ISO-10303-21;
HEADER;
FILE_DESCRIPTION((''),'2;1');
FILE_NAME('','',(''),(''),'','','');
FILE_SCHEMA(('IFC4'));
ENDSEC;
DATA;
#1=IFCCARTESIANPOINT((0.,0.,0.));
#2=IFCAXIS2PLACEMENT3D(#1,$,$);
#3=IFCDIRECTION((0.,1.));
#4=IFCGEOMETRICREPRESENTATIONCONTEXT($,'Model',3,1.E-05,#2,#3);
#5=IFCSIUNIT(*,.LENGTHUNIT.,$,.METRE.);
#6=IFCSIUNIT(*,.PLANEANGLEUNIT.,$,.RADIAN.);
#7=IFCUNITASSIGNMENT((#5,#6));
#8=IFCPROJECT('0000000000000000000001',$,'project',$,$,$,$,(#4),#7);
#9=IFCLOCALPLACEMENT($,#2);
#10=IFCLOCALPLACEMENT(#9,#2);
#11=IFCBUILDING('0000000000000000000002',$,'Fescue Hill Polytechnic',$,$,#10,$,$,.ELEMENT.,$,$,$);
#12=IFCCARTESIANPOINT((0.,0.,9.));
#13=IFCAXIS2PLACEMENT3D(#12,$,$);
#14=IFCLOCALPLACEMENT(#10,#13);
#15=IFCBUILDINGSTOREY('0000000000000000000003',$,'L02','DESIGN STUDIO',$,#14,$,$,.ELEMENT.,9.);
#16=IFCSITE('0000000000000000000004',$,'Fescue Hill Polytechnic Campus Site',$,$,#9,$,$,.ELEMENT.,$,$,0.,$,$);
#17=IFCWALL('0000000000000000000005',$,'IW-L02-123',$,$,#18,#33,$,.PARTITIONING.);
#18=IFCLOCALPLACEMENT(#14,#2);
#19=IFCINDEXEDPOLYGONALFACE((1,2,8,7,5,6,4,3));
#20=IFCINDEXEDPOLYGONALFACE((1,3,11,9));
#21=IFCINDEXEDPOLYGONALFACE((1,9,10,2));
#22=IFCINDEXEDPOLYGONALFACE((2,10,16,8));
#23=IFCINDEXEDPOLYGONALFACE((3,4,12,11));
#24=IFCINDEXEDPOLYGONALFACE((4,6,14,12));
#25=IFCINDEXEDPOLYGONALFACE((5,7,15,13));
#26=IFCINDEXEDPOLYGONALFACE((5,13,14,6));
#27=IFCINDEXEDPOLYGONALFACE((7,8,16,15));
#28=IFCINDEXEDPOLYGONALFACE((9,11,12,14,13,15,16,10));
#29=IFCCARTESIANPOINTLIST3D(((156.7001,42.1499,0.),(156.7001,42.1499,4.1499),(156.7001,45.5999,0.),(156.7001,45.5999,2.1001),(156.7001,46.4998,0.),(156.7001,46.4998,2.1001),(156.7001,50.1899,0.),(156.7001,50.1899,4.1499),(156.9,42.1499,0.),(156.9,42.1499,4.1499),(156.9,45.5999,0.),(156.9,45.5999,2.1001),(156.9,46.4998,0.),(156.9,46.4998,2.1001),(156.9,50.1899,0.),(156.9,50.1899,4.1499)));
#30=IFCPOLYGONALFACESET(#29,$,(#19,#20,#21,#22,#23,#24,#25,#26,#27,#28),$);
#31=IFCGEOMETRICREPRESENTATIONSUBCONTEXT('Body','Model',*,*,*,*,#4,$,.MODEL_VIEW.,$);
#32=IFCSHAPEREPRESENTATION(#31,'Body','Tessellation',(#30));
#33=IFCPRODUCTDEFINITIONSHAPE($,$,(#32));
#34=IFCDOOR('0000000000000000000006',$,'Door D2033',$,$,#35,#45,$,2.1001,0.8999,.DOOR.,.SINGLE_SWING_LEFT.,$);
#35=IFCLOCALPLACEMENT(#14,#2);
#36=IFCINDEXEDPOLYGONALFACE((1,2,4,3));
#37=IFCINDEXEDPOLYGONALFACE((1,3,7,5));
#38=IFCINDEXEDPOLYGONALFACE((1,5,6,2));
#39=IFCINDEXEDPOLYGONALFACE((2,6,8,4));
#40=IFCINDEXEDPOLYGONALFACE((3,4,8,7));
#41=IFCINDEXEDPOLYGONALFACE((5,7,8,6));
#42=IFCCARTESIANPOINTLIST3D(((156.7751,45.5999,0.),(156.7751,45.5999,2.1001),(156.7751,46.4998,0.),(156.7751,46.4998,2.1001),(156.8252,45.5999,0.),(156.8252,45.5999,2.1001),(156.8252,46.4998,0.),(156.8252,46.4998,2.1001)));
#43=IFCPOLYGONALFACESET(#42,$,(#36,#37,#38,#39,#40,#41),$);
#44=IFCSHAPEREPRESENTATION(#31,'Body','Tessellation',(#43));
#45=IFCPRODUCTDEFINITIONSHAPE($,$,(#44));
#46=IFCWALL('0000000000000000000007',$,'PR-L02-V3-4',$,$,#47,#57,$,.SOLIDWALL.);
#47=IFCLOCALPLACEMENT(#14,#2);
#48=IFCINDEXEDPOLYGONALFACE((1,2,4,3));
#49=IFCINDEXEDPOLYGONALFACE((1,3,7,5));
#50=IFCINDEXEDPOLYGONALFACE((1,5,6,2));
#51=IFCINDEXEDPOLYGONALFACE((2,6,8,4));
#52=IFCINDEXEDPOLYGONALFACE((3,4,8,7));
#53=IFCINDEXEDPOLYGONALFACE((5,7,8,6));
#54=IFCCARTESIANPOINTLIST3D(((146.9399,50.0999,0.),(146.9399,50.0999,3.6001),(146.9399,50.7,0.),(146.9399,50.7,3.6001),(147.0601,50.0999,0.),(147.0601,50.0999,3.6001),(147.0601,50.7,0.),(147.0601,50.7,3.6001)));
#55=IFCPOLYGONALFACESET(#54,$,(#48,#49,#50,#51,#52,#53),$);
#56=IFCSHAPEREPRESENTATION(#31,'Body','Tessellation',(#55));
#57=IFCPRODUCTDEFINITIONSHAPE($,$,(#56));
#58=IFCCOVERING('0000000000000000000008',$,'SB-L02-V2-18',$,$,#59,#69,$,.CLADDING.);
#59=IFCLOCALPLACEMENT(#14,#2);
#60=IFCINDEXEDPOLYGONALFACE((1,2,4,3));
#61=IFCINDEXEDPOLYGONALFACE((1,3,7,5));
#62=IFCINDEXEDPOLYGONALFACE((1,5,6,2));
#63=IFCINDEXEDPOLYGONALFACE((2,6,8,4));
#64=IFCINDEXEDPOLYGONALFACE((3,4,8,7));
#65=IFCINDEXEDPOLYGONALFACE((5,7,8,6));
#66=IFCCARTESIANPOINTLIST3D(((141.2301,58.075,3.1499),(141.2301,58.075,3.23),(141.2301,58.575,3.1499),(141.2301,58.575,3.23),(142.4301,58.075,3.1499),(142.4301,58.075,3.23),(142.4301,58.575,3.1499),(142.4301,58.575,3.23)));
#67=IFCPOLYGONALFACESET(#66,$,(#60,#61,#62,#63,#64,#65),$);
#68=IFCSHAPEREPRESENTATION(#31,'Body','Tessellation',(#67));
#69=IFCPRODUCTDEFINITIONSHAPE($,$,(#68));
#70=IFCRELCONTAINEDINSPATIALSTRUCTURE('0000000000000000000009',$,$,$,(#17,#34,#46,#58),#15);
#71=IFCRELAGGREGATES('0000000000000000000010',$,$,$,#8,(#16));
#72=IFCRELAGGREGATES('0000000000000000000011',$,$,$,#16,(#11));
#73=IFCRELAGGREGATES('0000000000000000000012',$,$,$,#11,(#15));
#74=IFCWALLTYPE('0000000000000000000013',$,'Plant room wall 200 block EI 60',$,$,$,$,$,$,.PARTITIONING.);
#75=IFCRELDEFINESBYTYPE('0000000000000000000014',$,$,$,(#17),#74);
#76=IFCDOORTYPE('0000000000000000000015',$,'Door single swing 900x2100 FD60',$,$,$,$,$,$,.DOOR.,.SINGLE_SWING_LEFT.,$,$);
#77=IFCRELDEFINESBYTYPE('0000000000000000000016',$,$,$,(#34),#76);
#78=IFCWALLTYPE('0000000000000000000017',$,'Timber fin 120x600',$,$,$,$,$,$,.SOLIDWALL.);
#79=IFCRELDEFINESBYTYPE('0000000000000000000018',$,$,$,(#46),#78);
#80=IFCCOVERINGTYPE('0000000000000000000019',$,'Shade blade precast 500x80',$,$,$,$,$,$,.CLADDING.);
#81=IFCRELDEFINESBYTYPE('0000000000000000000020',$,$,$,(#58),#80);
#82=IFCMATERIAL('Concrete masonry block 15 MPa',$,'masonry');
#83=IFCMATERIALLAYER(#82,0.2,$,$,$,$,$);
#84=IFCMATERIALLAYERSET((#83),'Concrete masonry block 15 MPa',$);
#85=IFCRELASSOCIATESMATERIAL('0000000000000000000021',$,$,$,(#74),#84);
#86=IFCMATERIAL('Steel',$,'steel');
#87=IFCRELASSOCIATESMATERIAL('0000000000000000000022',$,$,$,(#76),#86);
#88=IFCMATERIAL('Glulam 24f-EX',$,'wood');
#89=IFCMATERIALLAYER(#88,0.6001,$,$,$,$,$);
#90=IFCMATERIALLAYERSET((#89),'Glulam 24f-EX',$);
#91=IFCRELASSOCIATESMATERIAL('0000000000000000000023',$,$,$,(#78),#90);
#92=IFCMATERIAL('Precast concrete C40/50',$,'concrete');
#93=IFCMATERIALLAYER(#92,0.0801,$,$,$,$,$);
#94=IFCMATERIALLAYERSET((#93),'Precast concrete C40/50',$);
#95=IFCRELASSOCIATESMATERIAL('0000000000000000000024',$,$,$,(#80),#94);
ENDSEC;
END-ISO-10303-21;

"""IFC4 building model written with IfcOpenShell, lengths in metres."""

from ifc_helpers import new_model, si_unit, direction, frame, frame_2d, origin, origin_2d, place, context, subcontext, project, spatial, rectangle, extrude, material, layer, layer_set, type_object, element, fill, save


model = new_model("IFC4")

# Units and contexts
model_context = context("Model", 3, precision=1e-05, world=origin(), true_north=direction((0.0, 1.0)))
body_context = subcontext(model_context, "Body", "Model", "MODEL_VIEW")
ifc_project = project(units=[si_unit("LENGTHUNIT", "METRE"), si_unit("PLANEANGLEUNIT", "RADIAN")], contexts=[model_context])

# Site, building, storey
site_placement = place(None, origin())
site = spatial("IfcSite", under=ifc_project, at=site_placement, Name="Fescue Hill Polytechnic Campus Site", CompositionType="ELEMENT", RefElevation=0.0)
building_placement = place(site_placement, origin())
building = spatial("IfcBuilding", under=site, at=building_placement, Name="Fescue Hill Polytechnic", CompositionType="ELEMENT")
storey_placement = place(building_placement, frame((0.0, 0.0, 9.0)))
storey = spatial("IfcBuildingStorey", under=building, at=storey_placement, Name="L02", Description="DESIGN STUDIO", CompositionType="ELEMENT", Elevation=9.0)

# Wall, opening, door
ifc_material_1 = material(Name="Concrete masonry block 15 MPa", Category="masonry")
ifc_layer_1 = layer(ifc_material_1, 0.2)
ifc_layer_set_1 = layer_set([ifc_layer_1], Name="Concrete masonry block 15 MPa")
wall_type_1 = type_object("IfcWallType", Name="Plant room wall 200 block EI 60", PredefinedType="PARTITIONING", material=ifc_layer_set_1)
ifc_material_2 = material(Name="Steel", Category="steel")
wall_1_placement = place(storey_placement, frame((156.8, 42.1499, 0.0), z_axis=(0.0, 0.0, 1.0), x_axis=(0.0, 1.0, 0.0)))
wall_1 = element("IfcWall", 1, at=wall_1_placement, inside=storey, type_object=wall_type_1, Name="IW-L02-123", PredefinedType="PARTITIONING", context=body_context, shape_type="SweptSolid", body=[
    extrude(rectangle(XDim=8.04, YDim=0.2, at=frame_2d((4.02, 0.0))), origin(), (0.0, 0.0, 1.0), 4.1499),
])
opening_1_placement = place(wall_1_placement, frame((3.45, 0.0, 0.0)))
opening_1 = element("IfcOpeningElement", 2, at=opening_1_placement, cuts=wall_1, PredefinedType="OPENING", context=body_context, shape_type="SweptSolid", body=[
    extrude(rectangle(XDim=0.8999, YDim=2.1001, at=frame_2d((0.45, 1.05))), frame((0.0, 0.1099, 0.0), z_axis=(0.0, -1.0, 0.0), x_axis=(1.0, 0.0, 0.0)), (0.0, 0.0, 1.0), 0.22),
])
door_type_1 = type_object("IfcDoorType", Name="Door single swing 900x2100 FD60", OperationType="SINGLE_SWING_LEFT", PredefinedType="DOOR", material=ifc_material_2)
door_1_placement = place(opening_1_placement, origin())
door_1 = element("IfcDoor", 3, at=door_1_placement, inside=storey, type_object=door_type_1, Name="Door D2033", OperationType="SINGLE_SWING_LEFT", OverallHeight=2.1001, OverallWidth=0.8999, PredefinedType="DOOR", context=body_context, shape_type="SweptSolid", body=[
    extrude(rectangle(XDim=0.8999, YDim=2.1001, at=frame_2d((0.45, 1.05))), frame((0.0, 0.0249, 0.0), z_axis=(0.0, -1.0, 0.0), x_axis=(1.0, 0.0, 0.0)), (0.0, 0.0, 1.0), 0.05),
])
fill(opening_1, door_1)

# Wall
ifc_material_3 = material(Name="Glulam 24f-EX", Category="wood")
ifc_layer_2 = layer(ifc_material_3, 0.6001)
ifc_layer_set_2 = layer_set([ifc_layer_2], Name="Glulam 24f-EX")
wall_type_2 = type_object("IfcWallType", Name="Timber fin 120x600", PredefinedType="SOLIDWALL", material=ifc_layer_set_2)
wall_2_placement = place(storey_placement, frame((147.0601, 50.3999, 0.0), z_axis=(0.0, 0.0, 1.0), x_axis=(-1.0, 0.0, 0.0)))
element("IfcWall", 4, at=wall_2_placement, inside=storey, type_object=wall_type_2, Name="PR-L02-V3-4", PredefinedType="SOLIDWALL", context=body_context, shape_type="SweptSolid", body=[
    extrude(rectangle(XDim=0.1201, YDim=0.6001, at=frame_2d((0.0601, 0.0))), origin(), (0.0, 0.0, 1.0), 3.6001),
])

# Covering
ifc_material_4 = material(Name="Precast concrete C40/50", Category="concrete")
ifc_layer_3 = layer(ifc_material_4, 0.0801)
ifc_layer_set_3 = layer_set([ifc_layer_3], Name="Precast concrete C40/50")
covering_type = type_object("IfcCoveringType", Name="Shade blade precast 500x80", PredefinedType="CLADDING", material=ifc_layer_set_3)
covering_placement = place(storey_placement, frame((141.8301, 58.325, 3.1499), z_axis=(0.0, 0.0, 1.0), x_axis=(1.0, 0.0, 0.0)))
element("IfcCovering", 5, at=covering_placement, inside=storey, type_object=covering_type, Name="SB-L02-V2-18", PredefinedType="CLADDING", context=body_context, shape_type="SweptSolid", body=[
    extrude(rectangle(XDim=1.2, YDim=0.5, at=origin_2d()), origin(), (0.0, 0.0, 1.0), 0.0801),
])

save(model, "model.ifc")
